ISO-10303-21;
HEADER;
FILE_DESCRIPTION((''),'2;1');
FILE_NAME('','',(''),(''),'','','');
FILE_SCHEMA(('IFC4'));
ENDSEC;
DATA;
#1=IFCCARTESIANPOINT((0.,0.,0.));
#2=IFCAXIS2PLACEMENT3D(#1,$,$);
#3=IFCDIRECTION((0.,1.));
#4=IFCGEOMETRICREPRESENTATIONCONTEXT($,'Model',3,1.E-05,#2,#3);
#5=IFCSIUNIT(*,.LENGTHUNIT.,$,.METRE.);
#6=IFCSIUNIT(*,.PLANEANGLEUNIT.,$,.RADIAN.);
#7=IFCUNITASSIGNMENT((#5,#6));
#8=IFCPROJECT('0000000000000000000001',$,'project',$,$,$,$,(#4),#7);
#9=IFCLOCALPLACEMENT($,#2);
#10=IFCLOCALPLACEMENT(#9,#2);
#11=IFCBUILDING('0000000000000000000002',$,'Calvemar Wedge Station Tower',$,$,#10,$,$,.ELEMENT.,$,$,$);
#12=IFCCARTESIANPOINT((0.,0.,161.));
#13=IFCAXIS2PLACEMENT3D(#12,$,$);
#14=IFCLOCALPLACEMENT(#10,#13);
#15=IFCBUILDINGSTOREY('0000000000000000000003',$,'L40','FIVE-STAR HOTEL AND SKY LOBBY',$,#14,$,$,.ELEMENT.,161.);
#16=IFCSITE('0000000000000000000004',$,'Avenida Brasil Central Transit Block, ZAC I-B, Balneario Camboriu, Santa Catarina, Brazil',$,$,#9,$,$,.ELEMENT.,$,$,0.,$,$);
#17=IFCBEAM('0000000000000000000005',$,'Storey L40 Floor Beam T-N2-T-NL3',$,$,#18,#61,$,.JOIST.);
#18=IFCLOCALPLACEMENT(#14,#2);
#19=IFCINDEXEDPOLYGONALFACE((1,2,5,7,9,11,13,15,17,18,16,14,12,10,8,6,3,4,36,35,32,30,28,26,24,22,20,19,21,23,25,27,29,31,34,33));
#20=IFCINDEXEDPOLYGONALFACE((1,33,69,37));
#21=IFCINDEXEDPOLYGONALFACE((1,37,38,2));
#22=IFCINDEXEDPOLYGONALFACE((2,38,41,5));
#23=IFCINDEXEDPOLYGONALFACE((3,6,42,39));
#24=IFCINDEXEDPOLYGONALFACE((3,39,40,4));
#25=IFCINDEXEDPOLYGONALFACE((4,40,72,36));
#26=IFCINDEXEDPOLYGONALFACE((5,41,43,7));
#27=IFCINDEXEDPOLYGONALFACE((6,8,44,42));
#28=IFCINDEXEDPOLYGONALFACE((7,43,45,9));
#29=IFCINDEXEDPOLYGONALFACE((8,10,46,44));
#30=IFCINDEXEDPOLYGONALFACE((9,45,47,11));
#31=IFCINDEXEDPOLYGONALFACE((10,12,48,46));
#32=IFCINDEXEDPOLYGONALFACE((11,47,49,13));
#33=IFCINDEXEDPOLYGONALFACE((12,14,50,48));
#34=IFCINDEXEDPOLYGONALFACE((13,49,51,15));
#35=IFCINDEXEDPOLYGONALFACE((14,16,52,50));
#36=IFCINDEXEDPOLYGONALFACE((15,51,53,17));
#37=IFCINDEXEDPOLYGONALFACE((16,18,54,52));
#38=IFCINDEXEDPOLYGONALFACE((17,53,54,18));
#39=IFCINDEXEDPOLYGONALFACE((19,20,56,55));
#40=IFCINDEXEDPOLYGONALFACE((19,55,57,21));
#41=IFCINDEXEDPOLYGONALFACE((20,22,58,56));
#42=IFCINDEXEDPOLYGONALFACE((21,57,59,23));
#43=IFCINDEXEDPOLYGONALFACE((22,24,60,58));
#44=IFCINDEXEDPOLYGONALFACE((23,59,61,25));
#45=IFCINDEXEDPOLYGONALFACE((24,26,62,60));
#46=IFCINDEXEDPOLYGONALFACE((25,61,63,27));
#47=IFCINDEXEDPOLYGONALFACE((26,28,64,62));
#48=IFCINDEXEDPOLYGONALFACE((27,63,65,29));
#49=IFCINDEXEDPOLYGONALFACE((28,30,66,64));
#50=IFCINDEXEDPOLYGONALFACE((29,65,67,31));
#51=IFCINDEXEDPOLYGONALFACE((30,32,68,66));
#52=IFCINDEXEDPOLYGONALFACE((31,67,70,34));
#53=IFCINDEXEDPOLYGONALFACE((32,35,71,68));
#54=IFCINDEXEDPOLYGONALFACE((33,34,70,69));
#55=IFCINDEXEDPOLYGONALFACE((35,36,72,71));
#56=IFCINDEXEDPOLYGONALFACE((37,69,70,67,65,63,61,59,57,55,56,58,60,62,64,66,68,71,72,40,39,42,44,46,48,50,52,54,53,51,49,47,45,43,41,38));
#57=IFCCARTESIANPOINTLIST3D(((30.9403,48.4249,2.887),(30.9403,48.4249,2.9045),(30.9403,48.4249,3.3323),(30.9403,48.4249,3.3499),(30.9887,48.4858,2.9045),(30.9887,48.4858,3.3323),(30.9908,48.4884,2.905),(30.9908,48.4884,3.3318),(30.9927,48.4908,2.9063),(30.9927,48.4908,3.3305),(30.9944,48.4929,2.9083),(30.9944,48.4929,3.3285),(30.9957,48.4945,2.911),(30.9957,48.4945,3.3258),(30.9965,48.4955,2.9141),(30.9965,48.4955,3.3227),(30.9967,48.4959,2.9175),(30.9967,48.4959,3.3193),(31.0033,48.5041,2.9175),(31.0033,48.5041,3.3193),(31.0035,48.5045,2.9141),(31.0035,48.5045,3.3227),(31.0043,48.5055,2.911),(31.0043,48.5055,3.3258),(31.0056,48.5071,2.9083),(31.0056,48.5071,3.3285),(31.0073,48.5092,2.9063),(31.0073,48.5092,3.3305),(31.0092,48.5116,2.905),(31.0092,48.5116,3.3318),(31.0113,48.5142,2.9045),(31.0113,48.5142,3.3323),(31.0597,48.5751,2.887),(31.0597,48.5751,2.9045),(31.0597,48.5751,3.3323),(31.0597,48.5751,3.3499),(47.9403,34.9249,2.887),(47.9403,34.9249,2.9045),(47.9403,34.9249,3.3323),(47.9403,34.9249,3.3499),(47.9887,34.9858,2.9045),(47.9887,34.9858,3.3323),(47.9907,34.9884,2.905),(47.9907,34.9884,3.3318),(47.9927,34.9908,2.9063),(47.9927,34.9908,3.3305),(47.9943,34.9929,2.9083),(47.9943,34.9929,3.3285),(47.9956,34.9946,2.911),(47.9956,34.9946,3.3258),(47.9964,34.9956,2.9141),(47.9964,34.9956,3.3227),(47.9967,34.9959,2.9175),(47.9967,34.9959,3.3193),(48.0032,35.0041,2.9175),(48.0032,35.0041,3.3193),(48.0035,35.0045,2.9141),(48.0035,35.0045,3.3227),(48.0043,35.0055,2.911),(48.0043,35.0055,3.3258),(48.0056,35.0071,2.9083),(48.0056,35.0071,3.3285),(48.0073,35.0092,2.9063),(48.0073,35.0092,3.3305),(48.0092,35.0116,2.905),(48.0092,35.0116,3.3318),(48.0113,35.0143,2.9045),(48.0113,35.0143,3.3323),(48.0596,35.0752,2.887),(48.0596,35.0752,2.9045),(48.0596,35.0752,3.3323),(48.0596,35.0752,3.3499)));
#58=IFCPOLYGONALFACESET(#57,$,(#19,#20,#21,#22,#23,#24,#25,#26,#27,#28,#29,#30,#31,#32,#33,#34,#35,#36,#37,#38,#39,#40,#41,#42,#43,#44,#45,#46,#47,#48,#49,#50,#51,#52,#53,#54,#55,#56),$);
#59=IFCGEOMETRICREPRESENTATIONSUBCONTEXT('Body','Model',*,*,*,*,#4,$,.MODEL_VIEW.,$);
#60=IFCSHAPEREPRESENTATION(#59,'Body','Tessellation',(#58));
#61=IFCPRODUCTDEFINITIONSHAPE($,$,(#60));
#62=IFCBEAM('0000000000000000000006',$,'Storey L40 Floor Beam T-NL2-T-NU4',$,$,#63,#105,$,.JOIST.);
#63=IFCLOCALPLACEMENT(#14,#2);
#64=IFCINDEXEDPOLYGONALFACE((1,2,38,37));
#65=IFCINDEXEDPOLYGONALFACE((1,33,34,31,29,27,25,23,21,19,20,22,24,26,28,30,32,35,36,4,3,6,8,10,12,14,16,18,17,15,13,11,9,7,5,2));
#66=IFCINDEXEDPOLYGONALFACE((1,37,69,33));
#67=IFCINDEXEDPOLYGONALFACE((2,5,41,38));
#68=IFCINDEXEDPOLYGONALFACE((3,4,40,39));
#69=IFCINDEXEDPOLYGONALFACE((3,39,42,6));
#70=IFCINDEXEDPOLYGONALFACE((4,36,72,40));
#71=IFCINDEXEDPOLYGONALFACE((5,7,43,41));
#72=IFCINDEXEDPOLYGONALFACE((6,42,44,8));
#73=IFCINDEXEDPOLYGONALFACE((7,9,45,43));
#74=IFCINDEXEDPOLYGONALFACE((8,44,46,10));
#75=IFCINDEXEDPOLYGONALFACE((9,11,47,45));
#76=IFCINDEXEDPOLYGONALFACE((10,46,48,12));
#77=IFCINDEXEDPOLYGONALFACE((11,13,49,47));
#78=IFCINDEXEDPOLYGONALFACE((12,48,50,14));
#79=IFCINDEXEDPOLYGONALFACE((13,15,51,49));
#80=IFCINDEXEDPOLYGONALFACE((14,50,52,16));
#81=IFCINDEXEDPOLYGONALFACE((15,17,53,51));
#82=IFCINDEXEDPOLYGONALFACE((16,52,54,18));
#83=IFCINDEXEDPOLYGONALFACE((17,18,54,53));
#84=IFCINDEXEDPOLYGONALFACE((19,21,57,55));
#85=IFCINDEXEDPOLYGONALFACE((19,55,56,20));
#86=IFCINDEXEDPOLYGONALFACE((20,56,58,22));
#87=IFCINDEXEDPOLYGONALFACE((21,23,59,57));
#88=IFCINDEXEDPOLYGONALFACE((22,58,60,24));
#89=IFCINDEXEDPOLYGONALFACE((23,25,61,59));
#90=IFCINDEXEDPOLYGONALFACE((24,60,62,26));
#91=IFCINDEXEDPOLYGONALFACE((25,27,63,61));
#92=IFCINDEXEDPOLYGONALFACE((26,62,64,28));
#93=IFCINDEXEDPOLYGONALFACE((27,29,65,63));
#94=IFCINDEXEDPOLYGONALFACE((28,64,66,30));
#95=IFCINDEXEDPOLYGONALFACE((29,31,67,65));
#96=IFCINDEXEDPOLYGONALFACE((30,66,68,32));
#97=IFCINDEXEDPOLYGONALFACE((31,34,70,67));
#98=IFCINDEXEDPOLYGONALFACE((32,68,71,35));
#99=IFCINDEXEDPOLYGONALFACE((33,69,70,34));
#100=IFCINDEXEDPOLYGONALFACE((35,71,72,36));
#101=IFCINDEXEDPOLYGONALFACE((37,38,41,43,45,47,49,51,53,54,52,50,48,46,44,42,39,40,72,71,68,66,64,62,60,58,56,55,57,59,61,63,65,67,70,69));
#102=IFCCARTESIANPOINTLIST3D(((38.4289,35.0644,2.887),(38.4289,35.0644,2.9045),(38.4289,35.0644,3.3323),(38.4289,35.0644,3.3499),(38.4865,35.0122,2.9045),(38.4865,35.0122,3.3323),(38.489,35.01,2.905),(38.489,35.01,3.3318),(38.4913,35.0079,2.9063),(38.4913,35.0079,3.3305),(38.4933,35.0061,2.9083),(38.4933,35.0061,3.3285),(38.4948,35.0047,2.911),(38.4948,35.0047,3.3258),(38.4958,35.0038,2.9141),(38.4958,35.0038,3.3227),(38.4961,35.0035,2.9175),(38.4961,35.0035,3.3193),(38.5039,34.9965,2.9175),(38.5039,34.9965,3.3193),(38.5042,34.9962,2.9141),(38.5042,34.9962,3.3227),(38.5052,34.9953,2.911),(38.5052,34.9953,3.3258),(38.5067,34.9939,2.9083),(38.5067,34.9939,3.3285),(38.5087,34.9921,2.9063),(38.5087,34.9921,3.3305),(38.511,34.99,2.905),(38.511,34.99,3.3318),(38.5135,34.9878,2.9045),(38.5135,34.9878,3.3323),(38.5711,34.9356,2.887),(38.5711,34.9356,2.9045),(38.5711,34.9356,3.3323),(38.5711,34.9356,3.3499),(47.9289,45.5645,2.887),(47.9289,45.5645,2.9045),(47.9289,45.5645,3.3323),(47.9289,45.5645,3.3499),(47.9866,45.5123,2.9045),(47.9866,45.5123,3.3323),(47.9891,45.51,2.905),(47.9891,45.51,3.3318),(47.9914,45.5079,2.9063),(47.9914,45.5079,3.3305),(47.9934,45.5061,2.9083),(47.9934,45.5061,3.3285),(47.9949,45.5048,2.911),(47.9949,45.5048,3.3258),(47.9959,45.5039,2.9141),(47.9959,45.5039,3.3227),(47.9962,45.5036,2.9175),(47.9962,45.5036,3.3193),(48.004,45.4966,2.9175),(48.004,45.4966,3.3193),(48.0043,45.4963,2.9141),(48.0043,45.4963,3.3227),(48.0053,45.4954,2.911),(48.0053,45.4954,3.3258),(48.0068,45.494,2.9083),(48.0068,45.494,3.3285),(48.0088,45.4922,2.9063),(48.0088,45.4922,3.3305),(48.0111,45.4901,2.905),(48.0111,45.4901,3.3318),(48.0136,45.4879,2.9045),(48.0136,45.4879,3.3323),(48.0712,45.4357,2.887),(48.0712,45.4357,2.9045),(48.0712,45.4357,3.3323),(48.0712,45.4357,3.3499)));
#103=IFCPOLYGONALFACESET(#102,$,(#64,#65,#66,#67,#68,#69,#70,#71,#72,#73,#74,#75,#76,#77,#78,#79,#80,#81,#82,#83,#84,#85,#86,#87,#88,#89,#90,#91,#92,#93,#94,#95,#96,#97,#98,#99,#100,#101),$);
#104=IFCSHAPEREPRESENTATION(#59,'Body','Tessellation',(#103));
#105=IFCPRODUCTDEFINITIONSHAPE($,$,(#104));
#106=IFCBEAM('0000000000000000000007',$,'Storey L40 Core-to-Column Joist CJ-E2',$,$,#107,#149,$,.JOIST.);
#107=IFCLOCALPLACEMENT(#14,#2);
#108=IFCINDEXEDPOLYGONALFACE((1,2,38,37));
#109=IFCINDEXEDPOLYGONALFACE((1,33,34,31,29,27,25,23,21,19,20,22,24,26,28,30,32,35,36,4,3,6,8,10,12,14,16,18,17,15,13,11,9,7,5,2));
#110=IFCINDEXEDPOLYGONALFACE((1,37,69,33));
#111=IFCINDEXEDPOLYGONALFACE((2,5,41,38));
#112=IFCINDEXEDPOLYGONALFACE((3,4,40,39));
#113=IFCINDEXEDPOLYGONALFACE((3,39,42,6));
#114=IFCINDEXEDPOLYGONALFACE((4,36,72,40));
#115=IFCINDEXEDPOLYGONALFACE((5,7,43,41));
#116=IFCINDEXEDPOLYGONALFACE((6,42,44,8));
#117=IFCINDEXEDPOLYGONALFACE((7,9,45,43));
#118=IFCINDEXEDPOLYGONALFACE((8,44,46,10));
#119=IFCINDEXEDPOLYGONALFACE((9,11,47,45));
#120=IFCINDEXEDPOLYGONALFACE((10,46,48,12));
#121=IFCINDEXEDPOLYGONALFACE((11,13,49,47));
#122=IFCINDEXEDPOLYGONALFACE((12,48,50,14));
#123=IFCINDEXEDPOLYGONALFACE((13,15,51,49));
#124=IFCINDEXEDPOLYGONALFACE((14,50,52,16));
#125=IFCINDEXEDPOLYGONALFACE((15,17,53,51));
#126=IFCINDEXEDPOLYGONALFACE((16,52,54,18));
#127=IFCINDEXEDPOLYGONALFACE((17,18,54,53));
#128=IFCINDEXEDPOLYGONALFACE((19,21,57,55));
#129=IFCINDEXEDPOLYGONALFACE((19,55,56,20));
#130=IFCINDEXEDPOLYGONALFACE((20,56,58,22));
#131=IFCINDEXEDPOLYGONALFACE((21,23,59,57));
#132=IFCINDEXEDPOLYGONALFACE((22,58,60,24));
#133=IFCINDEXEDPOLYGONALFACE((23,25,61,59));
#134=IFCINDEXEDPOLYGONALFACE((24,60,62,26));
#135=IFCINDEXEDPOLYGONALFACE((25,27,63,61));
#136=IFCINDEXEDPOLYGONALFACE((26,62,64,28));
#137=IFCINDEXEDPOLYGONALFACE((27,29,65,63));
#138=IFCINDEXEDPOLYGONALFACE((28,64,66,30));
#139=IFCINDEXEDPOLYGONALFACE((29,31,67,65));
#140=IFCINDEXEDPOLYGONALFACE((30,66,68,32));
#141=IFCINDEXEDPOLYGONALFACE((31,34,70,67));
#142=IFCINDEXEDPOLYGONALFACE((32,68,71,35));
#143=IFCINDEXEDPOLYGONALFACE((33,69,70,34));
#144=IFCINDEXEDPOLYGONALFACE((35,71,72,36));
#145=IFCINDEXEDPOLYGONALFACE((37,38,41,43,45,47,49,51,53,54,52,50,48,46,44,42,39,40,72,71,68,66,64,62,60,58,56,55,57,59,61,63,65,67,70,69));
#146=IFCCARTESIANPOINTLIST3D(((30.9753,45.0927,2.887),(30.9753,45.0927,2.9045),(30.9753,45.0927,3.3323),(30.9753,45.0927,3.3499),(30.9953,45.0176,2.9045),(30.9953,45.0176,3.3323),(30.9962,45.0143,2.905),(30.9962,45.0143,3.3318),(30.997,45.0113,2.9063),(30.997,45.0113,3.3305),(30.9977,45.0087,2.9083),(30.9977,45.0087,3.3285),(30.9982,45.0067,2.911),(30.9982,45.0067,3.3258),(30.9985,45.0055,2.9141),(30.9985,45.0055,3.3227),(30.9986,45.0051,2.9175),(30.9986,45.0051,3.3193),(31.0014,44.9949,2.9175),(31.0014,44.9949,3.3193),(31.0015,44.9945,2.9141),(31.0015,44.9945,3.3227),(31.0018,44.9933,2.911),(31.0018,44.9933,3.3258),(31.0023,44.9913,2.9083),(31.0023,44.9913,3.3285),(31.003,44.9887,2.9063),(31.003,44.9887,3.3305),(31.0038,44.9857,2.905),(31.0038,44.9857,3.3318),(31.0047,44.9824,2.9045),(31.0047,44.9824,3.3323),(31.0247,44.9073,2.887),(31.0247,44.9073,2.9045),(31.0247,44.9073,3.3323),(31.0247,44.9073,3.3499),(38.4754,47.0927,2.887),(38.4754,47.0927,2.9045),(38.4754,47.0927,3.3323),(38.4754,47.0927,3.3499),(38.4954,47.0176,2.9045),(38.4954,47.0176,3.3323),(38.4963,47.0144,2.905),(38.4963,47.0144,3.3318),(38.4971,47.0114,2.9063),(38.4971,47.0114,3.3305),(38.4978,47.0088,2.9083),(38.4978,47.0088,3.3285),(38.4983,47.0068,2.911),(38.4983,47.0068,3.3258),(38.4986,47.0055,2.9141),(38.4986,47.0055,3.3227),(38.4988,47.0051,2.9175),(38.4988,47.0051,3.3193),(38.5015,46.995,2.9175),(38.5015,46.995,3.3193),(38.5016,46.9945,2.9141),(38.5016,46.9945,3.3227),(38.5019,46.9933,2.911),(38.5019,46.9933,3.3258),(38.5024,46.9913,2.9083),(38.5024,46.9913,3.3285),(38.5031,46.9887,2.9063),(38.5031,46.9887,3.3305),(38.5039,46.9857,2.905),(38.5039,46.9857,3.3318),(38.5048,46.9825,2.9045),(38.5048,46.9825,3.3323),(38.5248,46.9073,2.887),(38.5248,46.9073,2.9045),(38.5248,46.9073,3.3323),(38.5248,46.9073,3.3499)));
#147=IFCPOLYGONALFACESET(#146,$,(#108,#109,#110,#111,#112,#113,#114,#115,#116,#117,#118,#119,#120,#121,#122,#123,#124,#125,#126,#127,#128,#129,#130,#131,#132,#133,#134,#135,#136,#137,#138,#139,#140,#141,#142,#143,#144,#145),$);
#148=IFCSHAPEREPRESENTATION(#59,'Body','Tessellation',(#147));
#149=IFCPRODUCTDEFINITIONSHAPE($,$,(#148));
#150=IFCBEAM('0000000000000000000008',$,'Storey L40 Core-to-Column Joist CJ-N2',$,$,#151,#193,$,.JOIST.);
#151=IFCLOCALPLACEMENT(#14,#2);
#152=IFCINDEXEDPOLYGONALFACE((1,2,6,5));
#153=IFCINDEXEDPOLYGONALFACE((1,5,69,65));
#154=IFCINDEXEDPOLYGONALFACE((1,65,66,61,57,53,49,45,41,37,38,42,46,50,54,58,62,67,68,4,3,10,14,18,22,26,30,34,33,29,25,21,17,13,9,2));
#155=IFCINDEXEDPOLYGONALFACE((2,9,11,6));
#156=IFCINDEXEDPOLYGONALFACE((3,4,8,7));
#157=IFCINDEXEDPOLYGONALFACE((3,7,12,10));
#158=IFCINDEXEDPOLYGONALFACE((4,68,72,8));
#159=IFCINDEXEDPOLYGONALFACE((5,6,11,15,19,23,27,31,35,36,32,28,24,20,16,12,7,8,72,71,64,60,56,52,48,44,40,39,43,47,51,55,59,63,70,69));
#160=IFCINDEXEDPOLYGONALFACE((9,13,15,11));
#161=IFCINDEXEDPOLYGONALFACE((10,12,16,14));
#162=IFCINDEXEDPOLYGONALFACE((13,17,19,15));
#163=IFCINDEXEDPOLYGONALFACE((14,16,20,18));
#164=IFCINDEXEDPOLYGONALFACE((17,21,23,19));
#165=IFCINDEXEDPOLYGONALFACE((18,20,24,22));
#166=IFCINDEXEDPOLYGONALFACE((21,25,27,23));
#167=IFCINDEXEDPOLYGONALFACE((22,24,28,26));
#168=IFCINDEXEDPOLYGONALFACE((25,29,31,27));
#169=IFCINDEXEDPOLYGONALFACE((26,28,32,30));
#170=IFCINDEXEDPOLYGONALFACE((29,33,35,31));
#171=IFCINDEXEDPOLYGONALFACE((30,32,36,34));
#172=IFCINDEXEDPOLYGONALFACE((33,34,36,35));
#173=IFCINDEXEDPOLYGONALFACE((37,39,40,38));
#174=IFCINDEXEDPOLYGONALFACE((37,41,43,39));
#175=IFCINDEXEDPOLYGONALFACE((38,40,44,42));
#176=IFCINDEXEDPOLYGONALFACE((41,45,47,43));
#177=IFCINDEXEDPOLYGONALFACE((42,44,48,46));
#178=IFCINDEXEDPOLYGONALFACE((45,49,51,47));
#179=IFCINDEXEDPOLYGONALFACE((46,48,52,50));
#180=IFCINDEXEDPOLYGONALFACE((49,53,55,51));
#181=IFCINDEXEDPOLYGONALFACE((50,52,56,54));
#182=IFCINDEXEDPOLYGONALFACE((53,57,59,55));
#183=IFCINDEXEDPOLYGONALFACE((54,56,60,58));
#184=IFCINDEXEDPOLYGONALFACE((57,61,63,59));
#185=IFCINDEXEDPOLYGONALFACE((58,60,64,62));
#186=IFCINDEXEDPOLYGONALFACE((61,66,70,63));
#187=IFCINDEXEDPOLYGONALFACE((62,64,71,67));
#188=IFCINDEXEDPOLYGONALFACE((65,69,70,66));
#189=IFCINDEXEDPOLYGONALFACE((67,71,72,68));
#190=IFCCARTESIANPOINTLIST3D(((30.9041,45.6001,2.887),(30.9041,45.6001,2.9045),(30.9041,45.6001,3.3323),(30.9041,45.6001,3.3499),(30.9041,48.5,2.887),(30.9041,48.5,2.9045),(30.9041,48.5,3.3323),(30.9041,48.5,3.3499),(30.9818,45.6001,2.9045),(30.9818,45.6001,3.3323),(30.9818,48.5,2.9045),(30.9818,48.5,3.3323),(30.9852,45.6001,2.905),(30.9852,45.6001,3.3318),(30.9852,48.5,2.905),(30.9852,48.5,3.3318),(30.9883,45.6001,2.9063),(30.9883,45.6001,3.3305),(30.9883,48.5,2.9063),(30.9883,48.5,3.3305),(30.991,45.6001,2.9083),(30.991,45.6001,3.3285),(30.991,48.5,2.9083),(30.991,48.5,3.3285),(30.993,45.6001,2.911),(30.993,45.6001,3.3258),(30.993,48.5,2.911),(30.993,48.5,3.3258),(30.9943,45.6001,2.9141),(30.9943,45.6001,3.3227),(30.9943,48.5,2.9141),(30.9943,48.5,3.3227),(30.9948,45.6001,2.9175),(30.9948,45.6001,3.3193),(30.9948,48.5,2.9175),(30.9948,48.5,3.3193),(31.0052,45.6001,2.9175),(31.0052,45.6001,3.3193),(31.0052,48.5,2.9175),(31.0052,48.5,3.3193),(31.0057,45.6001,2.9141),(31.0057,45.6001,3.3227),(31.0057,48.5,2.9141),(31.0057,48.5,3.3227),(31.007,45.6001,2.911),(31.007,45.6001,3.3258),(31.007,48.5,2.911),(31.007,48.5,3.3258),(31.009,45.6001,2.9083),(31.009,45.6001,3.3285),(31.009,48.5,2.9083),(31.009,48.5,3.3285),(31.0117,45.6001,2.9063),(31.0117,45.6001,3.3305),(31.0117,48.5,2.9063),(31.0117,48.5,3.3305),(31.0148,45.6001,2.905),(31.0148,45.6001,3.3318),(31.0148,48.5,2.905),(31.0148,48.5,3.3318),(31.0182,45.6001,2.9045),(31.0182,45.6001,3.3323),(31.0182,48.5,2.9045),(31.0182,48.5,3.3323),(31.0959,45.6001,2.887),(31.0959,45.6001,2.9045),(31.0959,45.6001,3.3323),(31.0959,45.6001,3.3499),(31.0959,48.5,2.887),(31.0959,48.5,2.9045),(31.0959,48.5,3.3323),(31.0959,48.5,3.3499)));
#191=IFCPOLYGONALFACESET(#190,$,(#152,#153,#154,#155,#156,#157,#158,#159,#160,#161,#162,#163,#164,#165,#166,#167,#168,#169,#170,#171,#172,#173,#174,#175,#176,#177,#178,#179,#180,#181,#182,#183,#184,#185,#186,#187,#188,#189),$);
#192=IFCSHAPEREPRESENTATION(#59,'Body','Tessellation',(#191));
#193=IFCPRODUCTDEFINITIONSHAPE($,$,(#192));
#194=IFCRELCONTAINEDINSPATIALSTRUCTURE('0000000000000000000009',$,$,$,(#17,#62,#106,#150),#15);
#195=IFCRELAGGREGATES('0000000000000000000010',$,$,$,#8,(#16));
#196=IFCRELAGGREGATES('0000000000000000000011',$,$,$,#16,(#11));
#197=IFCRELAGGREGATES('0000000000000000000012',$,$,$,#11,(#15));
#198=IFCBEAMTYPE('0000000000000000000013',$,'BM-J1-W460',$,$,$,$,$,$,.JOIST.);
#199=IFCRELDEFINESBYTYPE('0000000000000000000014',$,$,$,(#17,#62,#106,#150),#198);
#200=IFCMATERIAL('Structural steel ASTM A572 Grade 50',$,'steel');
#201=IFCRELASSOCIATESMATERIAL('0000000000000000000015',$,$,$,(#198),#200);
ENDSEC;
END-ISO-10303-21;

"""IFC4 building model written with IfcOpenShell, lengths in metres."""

from ifc_helpers import new_model, si_unit, direction, frame, origin, origin_2d, place, context, subcontext, project, spatial, i_section, extrude, source, transform, mapped, material, material_profile, profile_set, type_object, element, save


model = new_model("IFC4")

# Units and contexts
model_context = context("Model", 3, precision=1e-05, world=origin(), true_north=direction((0.0, 1.0)))
body_context = subcontext(model_context, "Body", "Model", "MODEL_VIEW")
ifc_project = project(units=[si_unit("LENGTHUNIT", "METRE"), si_unit("PLANEANGLEUNIT", "RADIAN")], contexts=[model_context])

# Site, building, storey
site_placement = place(None, origin())
site = spatial("IfcSite", under=ifc_project, at=site_placement, Name="Avenida Brasil Central Transit Block, ZAC I-B, Balneario Camboriu, Santa Catarina, Brazil", CompositionType="ELEMENT", RefElevation=0.0)
building_placement = place(site_placement, origin())
building = spatial("IfcBuilding", under=site, at=building_placement, Name="Calvemar Wedge Station Tower", CompositionType="ELEMENT")
storey_placement = place(building_placement, frame((0.0, 0.0, 161.0)))
storey = spatial("IfcBuildingStorey", under=building, at=storey_placement, Name="L40", Description="FIVE-STAR HOTEL AND SKY LOBBY", CompositionType="ELEMENT", Elevation=161.0)

# Shared definitions
ifc_material_1 = material(Name="Structural steel ASTM A572 Grade 50", Category="steel")

# Beams
ifc_material_profile_1 = material_profile(ifc_material_1, i_section(OverallWidth=0.1919, OverallDepth=0.4629, WebThickness=0.0105, FlangeThickness=0.0176, FilletRadius=0.0129, at=origin_2d()), Name="W460x89")
ifc_profile_set_1 = profile_set([ifc_material_profile_1], Name="Structural steel ASTM A572 Grade 50")
beam_type_1 = type_object("IfcBeamType", Name="BM-J1-W460", PredefinedType="JOIST", material=ifc_profile_set_1)
shared_shape_1 = source(origin(), body_context, "Body", "SweptSolid", [
    extrude(i_section(OverallWidth=0.1919, OverallDepth=0.4629, WebThickness=0.0105, FlangeThickness=0.0176, FilletRadius=0.0129, at=origin_2d()), origin(), (0.0, 0.0, 1.0), 21.7083),
])
beam_1_placement = place(storey_placement, frame((31.0, 48.5, 3.1184), z_axis=(0.783111, -0.621882, 0.0), x_axis=(0.621882, 0.783111, 0.0)))
element("IfcBeam", 1, at=beam_1_placement, inside=storey, type_object=beam_type_1, Name="Storey L40 Floor Beam T-N2-T-NL3", PredefinedType="JOIST", context=body_context, shape_type="MappedRepresentation", body=[
    mapped(shared_shape_1, transform((0.0, 0.0, 0.0), scale=1.0)),
])
shared_shape_2 = source(origin(), body_context, "Body", "SweptSolid", [
    extrude(i_section(OverallWidth=0.1919, OverallDepth=0.4629, WebThickness=0.0105, FlangeThickness=0.0176, FilletRadius=0.0129, at=origin_2d()), origin(), (0.0, 0.0, 1.0), 14.1599),
])
beam_2_placement = place(storey_placement, frame((38.5, 35.0, 3.1184), z_axis=(0.670913, 0.741536, 0.0), x_axis=(-0.741536, 0.670913, 0.0)))
element("IfcBeam", 2, at=beam_2_placement, inside=storey, type_object=beam_type_1, Name="Storey L40 Floor Beam T-NL2-T-NU4", PredefinedType="JOIST", context=body_context, shape_type="MappedRepresentation", body=[
    mapped(shared_shape_2, transform((0.0, 0.0, 0.0), scale=1.0)),
])
shared_shape_3 = source(origin(), body_context, "Body", "SweptSolid", [
    extrude(i_section(OverallWidth=0.1919, OverallDepth=0.4629, WebThickness=0.0105, FlangeThickness=0.0176, FilletRadius=0.0129, at=origin_2d()), origin(), (0.0, 0.0, 1.0), 7.7622),
])
beam_3_placement = place(storey_placement, frame((31.0, 45.0, 3.1184), z_axis=(0.966235, 0.257663, 0.0), x_axis=(-0.257663, 0.966235, 0.0)))
element("IfcBeam", 3, at=beam_3_placement, inside=storey, type_object=beam_type_1, Name="Storey L40 Core-to-Column Joist CJ-E2", PredefinedType="JOIST", context=body_context, shape_type="MappedRepresentation", body=[
    mapped(shared_shape_3, transform((0.0, 0.0, 0.0), scale=1.0)),
])
shared_shape_4 = source(origin(), body_context, "Body", "SweptSolid", [
    extrude(i_section(OverallWidth=0.1919, OverallDepth=0.4629, WebThickness=0.0105, FlangeThickness=0.0176, FilletRadius=0.0129, at=origin_2d()), origin(), (0.0, 0.0, 1.0), 2.8999),
])
beam_4_placement = place(storey_placement, frame((31.0, 45.6001, 3.1184), z_axis=(0.0, 1.0, 0.0), x_axis=(-1.0, 0.0, 0.0)))
element("IfcBeam", 4, at=beam_4_placement, inside=storey, type_object=beam_type_1, Name="Storey L40 Core-to-Column Joist CJ-N2", PredefinedType="JOIST", context=body_context, shape_type="MappedRepresentation", body=[
    mapped(shared_shape_4, transform((0.0, 0.0, 0.0), scale=1.0)),
])

save(model, "model.ifc")
